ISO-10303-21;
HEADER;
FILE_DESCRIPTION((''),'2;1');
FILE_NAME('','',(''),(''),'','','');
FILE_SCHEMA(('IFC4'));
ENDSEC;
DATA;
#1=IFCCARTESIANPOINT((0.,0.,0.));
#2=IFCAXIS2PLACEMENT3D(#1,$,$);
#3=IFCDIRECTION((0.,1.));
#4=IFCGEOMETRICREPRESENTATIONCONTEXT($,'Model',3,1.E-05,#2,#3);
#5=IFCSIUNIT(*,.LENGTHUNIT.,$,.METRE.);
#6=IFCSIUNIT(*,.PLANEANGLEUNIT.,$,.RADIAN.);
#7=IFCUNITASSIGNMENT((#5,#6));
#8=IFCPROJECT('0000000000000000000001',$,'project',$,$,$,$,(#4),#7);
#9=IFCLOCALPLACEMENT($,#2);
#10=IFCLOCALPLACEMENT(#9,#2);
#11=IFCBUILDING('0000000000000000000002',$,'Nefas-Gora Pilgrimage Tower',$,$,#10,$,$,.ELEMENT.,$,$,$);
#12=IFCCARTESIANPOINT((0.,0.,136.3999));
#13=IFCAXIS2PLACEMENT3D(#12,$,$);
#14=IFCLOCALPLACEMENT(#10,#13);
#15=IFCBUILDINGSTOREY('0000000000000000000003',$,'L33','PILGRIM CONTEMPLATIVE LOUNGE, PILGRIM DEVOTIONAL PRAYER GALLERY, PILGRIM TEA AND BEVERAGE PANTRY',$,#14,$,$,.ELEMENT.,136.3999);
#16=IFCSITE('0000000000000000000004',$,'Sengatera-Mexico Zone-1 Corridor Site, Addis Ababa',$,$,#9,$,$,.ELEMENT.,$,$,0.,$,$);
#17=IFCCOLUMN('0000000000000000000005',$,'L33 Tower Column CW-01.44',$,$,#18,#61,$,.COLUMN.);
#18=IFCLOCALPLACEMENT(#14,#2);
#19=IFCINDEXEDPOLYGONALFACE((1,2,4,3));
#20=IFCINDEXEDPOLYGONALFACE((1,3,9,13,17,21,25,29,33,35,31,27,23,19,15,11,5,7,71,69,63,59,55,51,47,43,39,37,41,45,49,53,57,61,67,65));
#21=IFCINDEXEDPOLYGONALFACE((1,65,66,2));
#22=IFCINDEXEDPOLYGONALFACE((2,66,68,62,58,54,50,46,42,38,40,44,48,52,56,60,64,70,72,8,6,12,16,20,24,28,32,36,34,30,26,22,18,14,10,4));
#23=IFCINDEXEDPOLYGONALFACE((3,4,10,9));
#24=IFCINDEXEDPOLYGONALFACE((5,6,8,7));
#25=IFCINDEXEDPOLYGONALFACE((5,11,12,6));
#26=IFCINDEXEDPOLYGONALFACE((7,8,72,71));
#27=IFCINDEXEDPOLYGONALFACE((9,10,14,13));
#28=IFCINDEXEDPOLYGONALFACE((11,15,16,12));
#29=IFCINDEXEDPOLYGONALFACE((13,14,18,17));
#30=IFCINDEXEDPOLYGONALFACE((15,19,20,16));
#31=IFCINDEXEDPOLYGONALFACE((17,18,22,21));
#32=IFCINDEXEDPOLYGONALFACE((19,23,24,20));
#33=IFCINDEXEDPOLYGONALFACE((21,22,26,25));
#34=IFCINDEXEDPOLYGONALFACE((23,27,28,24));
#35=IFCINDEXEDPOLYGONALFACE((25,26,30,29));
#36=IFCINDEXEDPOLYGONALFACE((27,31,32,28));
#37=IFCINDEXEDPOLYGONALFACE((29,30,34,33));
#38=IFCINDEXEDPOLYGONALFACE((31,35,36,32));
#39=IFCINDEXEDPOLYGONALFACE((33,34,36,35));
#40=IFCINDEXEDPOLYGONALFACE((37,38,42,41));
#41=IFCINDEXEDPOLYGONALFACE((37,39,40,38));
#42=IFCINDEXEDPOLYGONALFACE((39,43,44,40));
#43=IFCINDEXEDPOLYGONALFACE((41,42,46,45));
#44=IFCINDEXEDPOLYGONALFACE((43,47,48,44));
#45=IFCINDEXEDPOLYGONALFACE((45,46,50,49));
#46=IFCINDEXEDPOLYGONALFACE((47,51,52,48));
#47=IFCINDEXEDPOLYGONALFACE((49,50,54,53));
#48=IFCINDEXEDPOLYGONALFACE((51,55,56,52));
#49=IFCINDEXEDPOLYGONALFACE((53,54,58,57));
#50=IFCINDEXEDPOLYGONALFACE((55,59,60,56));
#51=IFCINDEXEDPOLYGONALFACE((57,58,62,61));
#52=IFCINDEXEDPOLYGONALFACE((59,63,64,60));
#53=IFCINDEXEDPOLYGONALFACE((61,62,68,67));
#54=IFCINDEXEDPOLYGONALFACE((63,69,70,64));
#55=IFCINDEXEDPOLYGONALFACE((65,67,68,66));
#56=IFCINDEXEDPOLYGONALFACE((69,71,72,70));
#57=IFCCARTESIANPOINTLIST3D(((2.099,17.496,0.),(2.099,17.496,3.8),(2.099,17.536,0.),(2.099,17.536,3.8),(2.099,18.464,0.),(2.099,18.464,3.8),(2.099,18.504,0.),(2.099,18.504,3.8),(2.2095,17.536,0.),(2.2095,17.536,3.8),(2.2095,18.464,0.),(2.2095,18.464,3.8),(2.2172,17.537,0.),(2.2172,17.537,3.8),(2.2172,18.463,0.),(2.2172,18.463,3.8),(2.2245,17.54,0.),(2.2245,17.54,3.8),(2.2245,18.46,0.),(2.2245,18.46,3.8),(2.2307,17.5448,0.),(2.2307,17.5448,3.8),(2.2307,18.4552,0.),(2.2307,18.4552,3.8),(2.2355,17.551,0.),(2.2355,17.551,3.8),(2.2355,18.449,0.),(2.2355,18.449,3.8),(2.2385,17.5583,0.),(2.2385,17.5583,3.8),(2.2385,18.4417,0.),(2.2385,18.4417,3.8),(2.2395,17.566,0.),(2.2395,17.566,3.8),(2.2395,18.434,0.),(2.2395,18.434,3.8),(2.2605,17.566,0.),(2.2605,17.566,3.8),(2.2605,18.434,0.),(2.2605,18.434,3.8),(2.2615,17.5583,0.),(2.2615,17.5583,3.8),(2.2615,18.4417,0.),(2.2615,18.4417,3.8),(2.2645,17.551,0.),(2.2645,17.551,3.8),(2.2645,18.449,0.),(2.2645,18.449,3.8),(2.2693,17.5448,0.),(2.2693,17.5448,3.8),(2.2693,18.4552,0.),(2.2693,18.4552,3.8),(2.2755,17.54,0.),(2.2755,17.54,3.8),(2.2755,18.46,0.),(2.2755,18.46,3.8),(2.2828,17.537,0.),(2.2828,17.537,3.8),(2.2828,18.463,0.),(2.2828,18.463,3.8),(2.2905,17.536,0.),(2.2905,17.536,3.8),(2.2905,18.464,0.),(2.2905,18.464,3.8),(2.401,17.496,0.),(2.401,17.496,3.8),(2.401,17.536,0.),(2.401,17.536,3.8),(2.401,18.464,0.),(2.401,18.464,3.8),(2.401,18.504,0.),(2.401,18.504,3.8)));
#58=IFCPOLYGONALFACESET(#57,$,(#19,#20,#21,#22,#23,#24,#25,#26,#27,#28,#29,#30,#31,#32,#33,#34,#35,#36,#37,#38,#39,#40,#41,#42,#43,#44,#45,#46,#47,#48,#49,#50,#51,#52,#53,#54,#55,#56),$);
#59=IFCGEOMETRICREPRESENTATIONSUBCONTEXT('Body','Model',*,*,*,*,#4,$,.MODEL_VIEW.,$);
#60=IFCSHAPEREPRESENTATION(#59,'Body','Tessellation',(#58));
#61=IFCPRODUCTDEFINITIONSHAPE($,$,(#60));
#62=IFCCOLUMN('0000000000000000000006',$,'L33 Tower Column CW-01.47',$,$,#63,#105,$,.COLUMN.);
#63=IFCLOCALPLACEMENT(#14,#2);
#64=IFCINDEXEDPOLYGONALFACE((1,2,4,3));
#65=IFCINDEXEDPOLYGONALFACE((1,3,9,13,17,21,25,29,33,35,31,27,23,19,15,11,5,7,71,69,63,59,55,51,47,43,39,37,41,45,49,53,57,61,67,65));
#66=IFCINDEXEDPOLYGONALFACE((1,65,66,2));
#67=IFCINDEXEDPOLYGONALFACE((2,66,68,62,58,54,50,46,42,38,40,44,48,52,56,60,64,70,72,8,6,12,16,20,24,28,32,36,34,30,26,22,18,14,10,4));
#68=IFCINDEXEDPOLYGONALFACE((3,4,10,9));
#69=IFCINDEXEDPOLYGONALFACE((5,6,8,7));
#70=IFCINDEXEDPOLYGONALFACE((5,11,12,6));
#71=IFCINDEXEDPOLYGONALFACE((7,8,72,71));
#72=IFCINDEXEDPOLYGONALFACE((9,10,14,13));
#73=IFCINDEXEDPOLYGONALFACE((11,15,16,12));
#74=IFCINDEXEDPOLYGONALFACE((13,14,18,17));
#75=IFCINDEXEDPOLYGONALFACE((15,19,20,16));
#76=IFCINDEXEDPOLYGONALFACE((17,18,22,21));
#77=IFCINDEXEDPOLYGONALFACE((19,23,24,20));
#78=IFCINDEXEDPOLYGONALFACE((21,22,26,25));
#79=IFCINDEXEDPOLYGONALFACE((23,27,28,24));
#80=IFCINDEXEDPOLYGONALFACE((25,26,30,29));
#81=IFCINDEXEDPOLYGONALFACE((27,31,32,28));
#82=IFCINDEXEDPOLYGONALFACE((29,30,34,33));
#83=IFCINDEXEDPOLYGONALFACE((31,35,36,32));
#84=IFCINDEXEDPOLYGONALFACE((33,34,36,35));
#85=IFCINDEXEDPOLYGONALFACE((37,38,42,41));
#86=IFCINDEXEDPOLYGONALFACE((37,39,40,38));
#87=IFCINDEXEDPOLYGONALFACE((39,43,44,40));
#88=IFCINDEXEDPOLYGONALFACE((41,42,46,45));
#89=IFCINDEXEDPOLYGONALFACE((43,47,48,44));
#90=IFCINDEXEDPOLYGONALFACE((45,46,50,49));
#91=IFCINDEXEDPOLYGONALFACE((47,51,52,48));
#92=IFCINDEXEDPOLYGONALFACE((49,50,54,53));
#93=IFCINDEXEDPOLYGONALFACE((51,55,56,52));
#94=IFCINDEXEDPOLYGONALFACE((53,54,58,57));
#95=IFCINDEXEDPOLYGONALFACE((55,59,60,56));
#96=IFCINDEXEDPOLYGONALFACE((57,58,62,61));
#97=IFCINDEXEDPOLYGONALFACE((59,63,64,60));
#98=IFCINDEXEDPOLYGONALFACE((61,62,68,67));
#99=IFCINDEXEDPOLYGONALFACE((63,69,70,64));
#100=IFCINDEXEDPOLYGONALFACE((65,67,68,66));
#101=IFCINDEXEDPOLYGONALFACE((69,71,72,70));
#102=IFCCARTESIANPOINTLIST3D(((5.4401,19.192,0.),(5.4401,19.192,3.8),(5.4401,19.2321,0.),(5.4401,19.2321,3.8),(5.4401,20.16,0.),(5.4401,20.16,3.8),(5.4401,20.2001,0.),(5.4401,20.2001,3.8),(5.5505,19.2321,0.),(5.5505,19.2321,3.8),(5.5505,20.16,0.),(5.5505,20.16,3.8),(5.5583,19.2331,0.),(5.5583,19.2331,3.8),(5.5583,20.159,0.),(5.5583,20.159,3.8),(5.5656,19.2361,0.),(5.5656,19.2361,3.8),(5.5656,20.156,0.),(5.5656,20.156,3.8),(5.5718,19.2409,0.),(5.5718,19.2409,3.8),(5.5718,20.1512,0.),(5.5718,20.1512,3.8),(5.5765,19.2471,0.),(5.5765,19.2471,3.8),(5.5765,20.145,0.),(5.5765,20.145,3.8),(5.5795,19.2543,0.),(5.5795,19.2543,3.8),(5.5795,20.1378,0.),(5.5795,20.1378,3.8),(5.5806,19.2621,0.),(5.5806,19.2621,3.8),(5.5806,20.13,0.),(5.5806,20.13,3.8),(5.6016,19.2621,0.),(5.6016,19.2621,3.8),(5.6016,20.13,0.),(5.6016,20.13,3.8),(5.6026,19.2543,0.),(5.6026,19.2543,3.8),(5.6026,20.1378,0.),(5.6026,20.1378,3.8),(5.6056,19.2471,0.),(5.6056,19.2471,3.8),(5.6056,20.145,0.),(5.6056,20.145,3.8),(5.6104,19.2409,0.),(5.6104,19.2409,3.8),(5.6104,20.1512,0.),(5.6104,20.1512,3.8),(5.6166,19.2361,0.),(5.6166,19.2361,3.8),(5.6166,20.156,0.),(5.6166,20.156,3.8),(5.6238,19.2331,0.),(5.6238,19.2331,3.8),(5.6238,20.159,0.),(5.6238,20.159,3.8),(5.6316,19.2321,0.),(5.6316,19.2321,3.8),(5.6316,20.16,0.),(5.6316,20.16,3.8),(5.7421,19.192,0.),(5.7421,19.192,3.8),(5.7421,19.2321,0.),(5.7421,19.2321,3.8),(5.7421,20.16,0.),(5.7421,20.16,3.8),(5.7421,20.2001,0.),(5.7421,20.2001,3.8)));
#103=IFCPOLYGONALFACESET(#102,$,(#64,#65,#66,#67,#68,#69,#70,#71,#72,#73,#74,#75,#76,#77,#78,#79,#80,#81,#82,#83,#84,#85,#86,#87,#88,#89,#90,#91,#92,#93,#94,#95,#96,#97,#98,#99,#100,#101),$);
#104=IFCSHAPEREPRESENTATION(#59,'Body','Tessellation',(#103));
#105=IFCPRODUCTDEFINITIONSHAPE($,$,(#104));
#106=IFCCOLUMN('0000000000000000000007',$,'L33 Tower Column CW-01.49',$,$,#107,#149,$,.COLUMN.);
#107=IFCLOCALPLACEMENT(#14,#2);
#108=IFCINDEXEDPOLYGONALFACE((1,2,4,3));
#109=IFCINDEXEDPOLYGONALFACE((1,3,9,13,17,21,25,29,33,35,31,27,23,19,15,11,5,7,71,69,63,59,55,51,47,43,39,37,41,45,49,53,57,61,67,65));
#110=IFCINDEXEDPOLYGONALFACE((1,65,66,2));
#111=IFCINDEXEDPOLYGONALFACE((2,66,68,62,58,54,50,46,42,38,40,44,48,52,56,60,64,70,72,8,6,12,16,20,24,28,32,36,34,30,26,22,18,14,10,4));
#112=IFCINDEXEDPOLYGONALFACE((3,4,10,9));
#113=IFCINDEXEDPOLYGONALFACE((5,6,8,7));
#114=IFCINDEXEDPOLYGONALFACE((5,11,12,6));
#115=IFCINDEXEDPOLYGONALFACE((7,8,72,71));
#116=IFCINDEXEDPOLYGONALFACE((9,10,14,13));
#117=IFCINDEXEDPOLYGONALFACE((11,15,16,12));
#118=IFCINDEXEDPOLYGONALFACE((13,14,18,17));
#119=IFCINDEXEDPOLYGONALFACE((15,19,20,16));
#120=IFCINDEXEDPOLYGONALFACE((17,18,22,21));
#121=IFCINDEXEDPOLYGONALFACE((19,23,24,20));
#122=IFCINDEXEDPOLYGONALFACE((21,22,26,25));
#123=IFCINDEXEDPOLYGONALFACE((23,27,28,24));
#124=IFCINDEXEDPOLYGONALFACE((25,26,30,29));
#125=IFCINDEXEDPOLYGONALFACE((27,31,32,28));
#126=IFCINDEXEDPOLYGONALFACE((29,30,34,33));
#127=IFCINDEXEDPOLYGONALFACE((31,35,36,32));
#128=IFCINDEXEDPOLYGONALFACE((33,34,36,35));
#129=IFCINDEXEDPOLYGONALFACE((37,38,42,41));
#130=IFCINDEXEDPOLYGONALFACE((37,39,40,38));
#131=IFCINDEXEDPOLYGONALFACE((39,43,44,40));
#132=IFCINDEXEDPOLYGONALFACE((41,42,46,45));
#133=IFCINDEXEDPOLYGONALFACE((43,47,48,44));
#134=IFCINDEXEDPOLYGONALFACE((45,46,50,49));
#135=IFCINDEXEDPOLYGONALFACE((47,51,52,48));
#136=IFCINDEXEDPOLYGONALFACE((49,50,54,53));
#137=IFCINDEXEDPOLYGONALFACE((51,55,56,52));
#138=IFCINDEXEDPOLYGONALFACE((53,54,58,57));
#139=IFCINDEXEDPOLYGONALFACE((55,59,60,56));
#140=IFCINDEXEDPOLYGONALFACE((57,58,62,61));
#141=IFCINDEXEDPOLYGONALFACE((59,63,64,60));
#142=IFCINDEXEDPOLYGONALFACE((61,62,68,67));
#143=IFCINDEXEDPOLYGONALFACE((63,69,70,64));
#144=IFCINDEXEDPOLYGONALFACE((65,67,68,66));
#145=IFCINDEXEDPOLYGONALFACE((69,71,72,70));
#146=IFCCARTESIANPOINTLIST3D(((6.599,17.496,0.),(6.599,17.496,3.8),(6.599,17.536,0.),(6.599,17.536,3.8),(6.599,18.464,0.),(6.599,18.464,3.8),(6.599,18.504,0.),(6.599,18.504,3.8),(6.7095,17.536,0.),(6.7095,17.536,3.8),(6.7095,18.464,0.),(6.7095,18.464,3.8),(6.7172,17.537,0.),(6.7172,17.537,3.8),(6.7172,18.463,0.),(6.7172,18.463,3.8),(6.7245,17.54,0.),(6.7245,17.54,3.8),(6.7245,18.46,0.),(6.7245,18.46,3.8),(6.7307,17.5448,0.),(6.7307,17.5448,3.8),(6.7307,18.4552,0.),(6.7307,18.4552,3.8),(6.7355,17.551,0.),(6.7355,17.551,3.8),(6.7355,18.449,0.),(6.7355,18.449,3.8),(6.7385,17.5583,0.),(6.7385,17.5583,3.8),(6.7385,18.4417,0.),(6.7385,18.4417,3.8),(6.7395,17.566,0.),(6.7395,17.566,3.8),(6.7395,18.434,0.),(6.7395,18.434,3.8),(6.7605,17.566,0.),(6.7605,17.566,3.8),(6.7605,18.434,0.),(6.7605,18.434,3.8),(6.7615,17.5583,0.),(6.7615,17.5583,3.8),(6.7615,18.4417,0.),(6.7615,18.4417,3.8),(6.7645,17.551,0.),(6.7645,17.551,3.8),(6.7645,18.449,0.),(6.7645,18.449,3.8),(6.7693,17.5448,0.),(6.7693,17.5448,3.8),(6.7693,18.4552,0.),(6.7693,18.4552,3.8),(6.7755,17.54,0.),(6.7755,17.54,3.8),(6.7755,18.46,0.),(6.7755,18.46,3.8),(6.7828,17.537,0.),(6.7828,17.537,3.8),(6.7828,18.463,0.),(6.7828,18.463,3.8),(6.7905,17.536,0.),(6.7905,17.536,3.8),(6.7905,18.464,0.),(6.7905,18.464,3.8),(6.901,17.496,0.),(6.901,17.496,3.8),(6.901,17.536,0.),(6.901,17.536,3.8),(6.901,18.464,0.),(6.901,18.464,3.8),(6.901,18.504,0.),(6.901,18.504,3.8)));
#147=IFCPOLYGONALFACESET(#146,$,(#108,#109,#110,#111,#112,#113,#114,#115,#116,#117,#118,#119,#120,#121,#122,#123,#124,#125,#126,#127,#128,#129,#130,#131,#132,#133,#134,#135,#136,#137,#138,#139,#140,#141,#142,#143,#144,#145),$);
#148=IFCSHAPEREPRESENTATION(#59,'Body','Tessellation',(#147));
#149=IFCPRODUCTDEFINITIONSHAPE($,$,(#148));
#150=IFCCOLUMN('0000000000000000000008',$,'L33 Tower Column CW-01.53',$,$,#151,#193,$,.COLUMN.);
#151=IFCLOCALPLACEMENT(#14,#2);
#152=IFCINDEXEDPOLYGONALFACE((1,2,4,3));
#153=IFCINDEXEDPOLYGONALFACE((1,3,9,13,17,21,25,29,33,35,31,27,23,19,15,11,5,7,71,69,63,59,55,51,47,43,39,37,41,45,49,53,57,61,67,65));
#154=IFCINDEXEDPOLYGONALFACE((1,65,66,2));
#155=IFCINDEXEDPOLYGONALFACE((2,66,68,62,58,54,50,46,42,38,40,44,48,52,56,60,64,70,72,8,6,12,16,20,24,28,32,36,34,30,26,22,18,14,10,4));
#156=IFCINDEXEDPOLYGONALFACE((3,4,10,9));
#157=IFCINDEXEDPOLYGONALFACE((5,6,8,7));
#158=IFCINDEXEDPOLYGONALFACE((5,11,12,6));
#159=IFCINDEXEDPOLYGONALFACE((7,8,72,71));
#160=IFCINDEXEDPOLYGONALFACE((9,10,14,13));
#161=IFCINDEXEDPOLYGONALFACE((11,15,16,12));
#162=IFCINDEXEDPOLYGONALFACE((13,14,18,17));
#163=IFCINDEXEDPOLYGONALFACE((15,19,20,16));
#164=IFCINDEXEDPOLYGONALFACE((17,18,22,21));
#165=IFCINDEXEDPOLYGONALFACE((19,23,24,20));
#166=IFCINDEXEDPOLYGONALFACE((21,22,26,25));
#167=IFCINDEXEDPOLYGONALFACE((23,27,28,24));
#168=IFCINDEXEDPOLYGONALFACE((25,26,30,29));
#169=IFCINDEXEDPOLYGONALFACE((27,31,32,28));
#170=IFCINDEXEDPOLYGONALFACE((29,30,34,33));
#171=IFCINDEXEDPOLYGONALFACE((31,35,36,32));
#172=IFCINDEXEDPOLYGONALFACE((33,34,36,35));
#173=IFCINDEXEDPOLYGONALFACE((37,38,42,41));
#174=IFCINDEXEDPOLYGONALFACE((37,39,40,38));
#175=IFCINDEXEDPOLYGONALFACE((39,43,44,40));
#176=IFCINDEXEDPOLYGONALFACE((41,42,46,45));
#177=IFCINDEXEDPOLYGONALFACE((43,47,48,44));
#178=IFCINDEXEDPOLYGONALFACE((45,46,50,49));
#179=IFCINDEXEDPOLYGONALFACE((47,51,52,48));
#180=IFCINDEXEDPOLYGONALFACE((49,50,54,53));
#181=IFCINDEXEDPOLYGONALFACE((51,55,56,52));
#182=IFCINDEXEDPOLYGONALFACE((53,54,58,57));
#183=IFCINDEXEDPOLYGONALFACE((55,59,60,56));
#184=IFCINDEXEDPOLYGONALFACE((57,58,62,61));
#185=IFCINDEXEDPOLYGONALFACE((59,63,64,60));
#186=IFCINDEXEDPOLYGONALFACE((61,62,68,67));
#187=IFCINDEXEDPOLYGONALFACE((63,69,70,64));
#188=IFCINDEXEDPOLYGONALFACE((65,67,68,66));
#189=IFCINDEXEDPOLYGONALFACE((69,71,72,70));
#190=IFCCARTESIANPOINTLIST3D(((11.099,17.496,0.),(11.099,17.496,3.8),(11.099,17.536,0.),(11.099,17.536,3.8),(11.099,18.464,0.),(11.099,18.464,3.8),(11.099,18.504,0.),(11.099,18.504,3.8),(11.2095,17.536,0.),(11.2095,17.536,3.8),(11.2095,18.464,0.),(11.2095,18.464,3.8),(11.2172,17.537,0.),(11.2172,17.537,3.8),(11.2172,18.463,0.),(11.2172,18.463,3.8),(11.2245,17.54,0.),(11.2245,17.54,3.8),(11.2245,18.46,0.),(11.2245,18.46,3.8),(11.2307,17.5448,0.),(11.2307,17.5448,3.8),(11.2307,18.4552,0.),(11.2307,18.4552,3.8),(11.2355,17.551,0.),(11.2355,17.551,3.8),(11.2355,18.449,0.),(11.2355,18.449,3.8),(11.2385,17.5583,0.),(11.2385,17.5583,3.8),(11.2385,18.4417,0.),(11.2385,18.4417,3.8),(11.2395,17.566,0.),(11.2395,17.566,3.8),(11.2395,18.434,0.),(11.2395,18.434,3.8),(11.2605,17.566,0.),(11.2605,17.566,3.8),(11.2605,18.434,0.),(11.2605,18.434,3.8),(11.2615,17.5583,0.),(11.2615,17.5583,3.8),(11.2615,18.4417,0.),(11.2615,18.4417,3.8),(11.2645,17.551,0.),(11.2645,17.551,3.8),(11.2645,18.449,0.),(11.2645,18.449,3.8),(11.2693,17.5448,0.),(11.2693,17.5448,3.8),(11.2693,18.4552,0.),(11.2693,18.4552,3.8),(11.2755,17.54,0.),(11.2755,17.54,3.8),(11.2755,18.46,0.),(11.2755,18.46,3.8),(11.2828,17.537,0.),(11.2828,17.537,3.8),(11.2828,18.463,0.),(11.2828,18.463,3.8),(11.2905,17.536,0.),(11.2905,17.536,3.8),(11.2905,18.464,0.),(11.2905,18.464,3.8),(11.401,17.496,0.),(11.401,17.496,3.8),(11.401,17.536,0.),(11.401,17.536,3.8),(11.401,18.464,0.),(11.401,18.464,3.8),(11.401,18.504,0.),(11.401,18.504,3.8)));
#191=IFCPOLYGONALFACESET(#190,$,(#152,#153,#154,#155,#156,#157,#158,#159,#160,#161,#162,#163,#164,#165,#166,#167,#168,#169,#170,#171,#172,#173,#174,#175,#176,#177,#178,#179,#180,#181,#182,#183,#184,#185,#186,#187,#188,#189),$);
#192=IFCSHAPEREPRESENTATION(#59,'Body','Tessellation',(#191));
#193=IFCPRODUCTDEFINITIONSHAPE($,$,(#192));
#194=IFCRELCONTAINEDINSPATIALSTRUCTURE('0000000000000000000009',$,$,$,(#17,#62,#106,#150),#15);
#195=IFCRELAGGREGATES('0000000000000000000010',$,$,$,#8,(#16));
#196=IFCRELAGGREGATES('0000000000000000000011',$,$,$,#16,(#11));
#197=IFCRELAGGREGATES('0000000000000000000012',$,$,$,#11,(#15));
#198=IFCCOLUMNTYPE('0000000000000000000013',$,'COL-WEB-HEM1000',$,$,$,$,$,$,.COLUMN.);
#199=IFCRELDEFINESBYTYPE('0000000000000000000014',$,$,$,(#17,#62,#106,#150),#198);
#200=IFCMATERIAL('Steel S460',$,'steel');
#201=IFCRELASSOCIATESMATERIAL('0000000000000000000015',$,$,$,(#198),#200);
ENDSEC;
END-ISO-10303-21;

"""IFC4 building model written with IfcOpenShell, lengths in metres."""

from ifc_helpers import new_model, si_unit, direction, frame, origin, origin_2d, place, context, subcontext, project, spatial, i_section, extrude, source, transform, mapped, material, material_profile, profile_set, type_object, element, save


model = new_model("IFC4")

# Units and contexts
model_context = context("Model", 3, precision=1e-05, world=origin(), true_north=direction((0.0, 1.0)))
body_context = subcontext(model_context, "Body", "Model", "MODEL_VIEW")
ifc_project = project(units=[si_unit("LENGTHUNIT", "METRE"), si_unit("PLANEANGLEUNIT", "RADIAN")], contexts=[model_context])

# Site, building, storey
site_placement = place(None, origin())
site = spatial("IfcSite", under=ifc_project, at=site_placement, Name="Sengatera-Mexico Zone-1 Corridor Site, Addis Ababa", CompositionType="ELEMENT", RefElevation=0.0)
building_placement = place(site_placement, origin())
building = spatial("IfcBuilding", under=site, at=building_placement, Name="Nefas-Gora Pilgrimage Tower", CompositionType="ELEMENT")
storey_placement = place(building_placement, frame((0.0, 0.0, 136.3999)))
storey = spatial("IfcBuildingStorey", under=building, at=storey_placement, Name="L33", Description="PILGRIM CONTEMPLATIVE LOUNGE, PILGRIM DEVOTIONAL PRAYER GALLERY, PILGRIM TEA AND BEVERAGE PANTRY", CompositionType="ELEMENT", Elevation=136.3999)

# Columns
ifc_material_1 = material(Name="Steel S460", Category="steel")
ifc_material_profile_1 = material_profile(ifc_material_1, i_section(OverallWidth=0.302, OverallDepth=1.0081, WebThickness=0.021, FlangeThickness=0.04, FilletRadius=0.03, at=origin_2d()), Name="HEM 1000")
ifc_profile_set_1 = profile_set([ifc_material_profile_1], Name="Steel S460")
column_type_1 = type_object("IfcColumnType", Name="COL-WEB-HEM1000", PredefinedType="COLUMN", material=ifc_profile_set_1)
shared_shape_1 = source(origin(), body_context, "Body", "SweptSolid", [
    extrude(i_section(OverallWidth=0.302, OverallDepth=1.0081, WebThickness=0.021, FlangeThickness=0.04, FilletRadius=0.03, at=origin_2d()), origin(), (0.0, 0.0, 1.0), 3.8),
])
for number, where, z_axis, x_axis, name in (
    (1, (2.25, 18.0, 0.0), (0.0, 0.0, 1.0), (1.0, 0.0, 0.0), "L33 Tower Column CW-01.44"),
    (2, (5.5911, 19.696, 0.0), (0.0, 0.0, 1.0), (1.0, 0.0, 0.0), "L33 Tower Column CW-01.47"),
    (3, (6.75, 18.0, 0.0), (0.0, 0.0, 1.0), (1.0, 0.0, 0.0), "L33 Tower Column CW-01.49"),
    (4, (11.25, 18.0, 0.0), (0.0, 0.0, 1.0), (1.0, 0.0, 0.0), "L33 Tower Column CW-01.53"),
):
    element("IfcColumn", number, at=place(storey_placement, frame(where, z_axis=z_axis, x_axis=x_axis)), inside=storey, type_object=column_type_1, Name=name, PredefinedType="COLUMN", context=body_context, shape_type="MappedRepresentation", body=[
        mapped(shared_shape_1, transform((0.0, 0.0, 0.0), x_axis=(1.0, 0.0, 0.0), y_axis=(0.0, 1.0, 0.0), z_axis=(0.0, 0.0, 1.0), scale=1.0)),
    ])

save(model, "model.ifc")
